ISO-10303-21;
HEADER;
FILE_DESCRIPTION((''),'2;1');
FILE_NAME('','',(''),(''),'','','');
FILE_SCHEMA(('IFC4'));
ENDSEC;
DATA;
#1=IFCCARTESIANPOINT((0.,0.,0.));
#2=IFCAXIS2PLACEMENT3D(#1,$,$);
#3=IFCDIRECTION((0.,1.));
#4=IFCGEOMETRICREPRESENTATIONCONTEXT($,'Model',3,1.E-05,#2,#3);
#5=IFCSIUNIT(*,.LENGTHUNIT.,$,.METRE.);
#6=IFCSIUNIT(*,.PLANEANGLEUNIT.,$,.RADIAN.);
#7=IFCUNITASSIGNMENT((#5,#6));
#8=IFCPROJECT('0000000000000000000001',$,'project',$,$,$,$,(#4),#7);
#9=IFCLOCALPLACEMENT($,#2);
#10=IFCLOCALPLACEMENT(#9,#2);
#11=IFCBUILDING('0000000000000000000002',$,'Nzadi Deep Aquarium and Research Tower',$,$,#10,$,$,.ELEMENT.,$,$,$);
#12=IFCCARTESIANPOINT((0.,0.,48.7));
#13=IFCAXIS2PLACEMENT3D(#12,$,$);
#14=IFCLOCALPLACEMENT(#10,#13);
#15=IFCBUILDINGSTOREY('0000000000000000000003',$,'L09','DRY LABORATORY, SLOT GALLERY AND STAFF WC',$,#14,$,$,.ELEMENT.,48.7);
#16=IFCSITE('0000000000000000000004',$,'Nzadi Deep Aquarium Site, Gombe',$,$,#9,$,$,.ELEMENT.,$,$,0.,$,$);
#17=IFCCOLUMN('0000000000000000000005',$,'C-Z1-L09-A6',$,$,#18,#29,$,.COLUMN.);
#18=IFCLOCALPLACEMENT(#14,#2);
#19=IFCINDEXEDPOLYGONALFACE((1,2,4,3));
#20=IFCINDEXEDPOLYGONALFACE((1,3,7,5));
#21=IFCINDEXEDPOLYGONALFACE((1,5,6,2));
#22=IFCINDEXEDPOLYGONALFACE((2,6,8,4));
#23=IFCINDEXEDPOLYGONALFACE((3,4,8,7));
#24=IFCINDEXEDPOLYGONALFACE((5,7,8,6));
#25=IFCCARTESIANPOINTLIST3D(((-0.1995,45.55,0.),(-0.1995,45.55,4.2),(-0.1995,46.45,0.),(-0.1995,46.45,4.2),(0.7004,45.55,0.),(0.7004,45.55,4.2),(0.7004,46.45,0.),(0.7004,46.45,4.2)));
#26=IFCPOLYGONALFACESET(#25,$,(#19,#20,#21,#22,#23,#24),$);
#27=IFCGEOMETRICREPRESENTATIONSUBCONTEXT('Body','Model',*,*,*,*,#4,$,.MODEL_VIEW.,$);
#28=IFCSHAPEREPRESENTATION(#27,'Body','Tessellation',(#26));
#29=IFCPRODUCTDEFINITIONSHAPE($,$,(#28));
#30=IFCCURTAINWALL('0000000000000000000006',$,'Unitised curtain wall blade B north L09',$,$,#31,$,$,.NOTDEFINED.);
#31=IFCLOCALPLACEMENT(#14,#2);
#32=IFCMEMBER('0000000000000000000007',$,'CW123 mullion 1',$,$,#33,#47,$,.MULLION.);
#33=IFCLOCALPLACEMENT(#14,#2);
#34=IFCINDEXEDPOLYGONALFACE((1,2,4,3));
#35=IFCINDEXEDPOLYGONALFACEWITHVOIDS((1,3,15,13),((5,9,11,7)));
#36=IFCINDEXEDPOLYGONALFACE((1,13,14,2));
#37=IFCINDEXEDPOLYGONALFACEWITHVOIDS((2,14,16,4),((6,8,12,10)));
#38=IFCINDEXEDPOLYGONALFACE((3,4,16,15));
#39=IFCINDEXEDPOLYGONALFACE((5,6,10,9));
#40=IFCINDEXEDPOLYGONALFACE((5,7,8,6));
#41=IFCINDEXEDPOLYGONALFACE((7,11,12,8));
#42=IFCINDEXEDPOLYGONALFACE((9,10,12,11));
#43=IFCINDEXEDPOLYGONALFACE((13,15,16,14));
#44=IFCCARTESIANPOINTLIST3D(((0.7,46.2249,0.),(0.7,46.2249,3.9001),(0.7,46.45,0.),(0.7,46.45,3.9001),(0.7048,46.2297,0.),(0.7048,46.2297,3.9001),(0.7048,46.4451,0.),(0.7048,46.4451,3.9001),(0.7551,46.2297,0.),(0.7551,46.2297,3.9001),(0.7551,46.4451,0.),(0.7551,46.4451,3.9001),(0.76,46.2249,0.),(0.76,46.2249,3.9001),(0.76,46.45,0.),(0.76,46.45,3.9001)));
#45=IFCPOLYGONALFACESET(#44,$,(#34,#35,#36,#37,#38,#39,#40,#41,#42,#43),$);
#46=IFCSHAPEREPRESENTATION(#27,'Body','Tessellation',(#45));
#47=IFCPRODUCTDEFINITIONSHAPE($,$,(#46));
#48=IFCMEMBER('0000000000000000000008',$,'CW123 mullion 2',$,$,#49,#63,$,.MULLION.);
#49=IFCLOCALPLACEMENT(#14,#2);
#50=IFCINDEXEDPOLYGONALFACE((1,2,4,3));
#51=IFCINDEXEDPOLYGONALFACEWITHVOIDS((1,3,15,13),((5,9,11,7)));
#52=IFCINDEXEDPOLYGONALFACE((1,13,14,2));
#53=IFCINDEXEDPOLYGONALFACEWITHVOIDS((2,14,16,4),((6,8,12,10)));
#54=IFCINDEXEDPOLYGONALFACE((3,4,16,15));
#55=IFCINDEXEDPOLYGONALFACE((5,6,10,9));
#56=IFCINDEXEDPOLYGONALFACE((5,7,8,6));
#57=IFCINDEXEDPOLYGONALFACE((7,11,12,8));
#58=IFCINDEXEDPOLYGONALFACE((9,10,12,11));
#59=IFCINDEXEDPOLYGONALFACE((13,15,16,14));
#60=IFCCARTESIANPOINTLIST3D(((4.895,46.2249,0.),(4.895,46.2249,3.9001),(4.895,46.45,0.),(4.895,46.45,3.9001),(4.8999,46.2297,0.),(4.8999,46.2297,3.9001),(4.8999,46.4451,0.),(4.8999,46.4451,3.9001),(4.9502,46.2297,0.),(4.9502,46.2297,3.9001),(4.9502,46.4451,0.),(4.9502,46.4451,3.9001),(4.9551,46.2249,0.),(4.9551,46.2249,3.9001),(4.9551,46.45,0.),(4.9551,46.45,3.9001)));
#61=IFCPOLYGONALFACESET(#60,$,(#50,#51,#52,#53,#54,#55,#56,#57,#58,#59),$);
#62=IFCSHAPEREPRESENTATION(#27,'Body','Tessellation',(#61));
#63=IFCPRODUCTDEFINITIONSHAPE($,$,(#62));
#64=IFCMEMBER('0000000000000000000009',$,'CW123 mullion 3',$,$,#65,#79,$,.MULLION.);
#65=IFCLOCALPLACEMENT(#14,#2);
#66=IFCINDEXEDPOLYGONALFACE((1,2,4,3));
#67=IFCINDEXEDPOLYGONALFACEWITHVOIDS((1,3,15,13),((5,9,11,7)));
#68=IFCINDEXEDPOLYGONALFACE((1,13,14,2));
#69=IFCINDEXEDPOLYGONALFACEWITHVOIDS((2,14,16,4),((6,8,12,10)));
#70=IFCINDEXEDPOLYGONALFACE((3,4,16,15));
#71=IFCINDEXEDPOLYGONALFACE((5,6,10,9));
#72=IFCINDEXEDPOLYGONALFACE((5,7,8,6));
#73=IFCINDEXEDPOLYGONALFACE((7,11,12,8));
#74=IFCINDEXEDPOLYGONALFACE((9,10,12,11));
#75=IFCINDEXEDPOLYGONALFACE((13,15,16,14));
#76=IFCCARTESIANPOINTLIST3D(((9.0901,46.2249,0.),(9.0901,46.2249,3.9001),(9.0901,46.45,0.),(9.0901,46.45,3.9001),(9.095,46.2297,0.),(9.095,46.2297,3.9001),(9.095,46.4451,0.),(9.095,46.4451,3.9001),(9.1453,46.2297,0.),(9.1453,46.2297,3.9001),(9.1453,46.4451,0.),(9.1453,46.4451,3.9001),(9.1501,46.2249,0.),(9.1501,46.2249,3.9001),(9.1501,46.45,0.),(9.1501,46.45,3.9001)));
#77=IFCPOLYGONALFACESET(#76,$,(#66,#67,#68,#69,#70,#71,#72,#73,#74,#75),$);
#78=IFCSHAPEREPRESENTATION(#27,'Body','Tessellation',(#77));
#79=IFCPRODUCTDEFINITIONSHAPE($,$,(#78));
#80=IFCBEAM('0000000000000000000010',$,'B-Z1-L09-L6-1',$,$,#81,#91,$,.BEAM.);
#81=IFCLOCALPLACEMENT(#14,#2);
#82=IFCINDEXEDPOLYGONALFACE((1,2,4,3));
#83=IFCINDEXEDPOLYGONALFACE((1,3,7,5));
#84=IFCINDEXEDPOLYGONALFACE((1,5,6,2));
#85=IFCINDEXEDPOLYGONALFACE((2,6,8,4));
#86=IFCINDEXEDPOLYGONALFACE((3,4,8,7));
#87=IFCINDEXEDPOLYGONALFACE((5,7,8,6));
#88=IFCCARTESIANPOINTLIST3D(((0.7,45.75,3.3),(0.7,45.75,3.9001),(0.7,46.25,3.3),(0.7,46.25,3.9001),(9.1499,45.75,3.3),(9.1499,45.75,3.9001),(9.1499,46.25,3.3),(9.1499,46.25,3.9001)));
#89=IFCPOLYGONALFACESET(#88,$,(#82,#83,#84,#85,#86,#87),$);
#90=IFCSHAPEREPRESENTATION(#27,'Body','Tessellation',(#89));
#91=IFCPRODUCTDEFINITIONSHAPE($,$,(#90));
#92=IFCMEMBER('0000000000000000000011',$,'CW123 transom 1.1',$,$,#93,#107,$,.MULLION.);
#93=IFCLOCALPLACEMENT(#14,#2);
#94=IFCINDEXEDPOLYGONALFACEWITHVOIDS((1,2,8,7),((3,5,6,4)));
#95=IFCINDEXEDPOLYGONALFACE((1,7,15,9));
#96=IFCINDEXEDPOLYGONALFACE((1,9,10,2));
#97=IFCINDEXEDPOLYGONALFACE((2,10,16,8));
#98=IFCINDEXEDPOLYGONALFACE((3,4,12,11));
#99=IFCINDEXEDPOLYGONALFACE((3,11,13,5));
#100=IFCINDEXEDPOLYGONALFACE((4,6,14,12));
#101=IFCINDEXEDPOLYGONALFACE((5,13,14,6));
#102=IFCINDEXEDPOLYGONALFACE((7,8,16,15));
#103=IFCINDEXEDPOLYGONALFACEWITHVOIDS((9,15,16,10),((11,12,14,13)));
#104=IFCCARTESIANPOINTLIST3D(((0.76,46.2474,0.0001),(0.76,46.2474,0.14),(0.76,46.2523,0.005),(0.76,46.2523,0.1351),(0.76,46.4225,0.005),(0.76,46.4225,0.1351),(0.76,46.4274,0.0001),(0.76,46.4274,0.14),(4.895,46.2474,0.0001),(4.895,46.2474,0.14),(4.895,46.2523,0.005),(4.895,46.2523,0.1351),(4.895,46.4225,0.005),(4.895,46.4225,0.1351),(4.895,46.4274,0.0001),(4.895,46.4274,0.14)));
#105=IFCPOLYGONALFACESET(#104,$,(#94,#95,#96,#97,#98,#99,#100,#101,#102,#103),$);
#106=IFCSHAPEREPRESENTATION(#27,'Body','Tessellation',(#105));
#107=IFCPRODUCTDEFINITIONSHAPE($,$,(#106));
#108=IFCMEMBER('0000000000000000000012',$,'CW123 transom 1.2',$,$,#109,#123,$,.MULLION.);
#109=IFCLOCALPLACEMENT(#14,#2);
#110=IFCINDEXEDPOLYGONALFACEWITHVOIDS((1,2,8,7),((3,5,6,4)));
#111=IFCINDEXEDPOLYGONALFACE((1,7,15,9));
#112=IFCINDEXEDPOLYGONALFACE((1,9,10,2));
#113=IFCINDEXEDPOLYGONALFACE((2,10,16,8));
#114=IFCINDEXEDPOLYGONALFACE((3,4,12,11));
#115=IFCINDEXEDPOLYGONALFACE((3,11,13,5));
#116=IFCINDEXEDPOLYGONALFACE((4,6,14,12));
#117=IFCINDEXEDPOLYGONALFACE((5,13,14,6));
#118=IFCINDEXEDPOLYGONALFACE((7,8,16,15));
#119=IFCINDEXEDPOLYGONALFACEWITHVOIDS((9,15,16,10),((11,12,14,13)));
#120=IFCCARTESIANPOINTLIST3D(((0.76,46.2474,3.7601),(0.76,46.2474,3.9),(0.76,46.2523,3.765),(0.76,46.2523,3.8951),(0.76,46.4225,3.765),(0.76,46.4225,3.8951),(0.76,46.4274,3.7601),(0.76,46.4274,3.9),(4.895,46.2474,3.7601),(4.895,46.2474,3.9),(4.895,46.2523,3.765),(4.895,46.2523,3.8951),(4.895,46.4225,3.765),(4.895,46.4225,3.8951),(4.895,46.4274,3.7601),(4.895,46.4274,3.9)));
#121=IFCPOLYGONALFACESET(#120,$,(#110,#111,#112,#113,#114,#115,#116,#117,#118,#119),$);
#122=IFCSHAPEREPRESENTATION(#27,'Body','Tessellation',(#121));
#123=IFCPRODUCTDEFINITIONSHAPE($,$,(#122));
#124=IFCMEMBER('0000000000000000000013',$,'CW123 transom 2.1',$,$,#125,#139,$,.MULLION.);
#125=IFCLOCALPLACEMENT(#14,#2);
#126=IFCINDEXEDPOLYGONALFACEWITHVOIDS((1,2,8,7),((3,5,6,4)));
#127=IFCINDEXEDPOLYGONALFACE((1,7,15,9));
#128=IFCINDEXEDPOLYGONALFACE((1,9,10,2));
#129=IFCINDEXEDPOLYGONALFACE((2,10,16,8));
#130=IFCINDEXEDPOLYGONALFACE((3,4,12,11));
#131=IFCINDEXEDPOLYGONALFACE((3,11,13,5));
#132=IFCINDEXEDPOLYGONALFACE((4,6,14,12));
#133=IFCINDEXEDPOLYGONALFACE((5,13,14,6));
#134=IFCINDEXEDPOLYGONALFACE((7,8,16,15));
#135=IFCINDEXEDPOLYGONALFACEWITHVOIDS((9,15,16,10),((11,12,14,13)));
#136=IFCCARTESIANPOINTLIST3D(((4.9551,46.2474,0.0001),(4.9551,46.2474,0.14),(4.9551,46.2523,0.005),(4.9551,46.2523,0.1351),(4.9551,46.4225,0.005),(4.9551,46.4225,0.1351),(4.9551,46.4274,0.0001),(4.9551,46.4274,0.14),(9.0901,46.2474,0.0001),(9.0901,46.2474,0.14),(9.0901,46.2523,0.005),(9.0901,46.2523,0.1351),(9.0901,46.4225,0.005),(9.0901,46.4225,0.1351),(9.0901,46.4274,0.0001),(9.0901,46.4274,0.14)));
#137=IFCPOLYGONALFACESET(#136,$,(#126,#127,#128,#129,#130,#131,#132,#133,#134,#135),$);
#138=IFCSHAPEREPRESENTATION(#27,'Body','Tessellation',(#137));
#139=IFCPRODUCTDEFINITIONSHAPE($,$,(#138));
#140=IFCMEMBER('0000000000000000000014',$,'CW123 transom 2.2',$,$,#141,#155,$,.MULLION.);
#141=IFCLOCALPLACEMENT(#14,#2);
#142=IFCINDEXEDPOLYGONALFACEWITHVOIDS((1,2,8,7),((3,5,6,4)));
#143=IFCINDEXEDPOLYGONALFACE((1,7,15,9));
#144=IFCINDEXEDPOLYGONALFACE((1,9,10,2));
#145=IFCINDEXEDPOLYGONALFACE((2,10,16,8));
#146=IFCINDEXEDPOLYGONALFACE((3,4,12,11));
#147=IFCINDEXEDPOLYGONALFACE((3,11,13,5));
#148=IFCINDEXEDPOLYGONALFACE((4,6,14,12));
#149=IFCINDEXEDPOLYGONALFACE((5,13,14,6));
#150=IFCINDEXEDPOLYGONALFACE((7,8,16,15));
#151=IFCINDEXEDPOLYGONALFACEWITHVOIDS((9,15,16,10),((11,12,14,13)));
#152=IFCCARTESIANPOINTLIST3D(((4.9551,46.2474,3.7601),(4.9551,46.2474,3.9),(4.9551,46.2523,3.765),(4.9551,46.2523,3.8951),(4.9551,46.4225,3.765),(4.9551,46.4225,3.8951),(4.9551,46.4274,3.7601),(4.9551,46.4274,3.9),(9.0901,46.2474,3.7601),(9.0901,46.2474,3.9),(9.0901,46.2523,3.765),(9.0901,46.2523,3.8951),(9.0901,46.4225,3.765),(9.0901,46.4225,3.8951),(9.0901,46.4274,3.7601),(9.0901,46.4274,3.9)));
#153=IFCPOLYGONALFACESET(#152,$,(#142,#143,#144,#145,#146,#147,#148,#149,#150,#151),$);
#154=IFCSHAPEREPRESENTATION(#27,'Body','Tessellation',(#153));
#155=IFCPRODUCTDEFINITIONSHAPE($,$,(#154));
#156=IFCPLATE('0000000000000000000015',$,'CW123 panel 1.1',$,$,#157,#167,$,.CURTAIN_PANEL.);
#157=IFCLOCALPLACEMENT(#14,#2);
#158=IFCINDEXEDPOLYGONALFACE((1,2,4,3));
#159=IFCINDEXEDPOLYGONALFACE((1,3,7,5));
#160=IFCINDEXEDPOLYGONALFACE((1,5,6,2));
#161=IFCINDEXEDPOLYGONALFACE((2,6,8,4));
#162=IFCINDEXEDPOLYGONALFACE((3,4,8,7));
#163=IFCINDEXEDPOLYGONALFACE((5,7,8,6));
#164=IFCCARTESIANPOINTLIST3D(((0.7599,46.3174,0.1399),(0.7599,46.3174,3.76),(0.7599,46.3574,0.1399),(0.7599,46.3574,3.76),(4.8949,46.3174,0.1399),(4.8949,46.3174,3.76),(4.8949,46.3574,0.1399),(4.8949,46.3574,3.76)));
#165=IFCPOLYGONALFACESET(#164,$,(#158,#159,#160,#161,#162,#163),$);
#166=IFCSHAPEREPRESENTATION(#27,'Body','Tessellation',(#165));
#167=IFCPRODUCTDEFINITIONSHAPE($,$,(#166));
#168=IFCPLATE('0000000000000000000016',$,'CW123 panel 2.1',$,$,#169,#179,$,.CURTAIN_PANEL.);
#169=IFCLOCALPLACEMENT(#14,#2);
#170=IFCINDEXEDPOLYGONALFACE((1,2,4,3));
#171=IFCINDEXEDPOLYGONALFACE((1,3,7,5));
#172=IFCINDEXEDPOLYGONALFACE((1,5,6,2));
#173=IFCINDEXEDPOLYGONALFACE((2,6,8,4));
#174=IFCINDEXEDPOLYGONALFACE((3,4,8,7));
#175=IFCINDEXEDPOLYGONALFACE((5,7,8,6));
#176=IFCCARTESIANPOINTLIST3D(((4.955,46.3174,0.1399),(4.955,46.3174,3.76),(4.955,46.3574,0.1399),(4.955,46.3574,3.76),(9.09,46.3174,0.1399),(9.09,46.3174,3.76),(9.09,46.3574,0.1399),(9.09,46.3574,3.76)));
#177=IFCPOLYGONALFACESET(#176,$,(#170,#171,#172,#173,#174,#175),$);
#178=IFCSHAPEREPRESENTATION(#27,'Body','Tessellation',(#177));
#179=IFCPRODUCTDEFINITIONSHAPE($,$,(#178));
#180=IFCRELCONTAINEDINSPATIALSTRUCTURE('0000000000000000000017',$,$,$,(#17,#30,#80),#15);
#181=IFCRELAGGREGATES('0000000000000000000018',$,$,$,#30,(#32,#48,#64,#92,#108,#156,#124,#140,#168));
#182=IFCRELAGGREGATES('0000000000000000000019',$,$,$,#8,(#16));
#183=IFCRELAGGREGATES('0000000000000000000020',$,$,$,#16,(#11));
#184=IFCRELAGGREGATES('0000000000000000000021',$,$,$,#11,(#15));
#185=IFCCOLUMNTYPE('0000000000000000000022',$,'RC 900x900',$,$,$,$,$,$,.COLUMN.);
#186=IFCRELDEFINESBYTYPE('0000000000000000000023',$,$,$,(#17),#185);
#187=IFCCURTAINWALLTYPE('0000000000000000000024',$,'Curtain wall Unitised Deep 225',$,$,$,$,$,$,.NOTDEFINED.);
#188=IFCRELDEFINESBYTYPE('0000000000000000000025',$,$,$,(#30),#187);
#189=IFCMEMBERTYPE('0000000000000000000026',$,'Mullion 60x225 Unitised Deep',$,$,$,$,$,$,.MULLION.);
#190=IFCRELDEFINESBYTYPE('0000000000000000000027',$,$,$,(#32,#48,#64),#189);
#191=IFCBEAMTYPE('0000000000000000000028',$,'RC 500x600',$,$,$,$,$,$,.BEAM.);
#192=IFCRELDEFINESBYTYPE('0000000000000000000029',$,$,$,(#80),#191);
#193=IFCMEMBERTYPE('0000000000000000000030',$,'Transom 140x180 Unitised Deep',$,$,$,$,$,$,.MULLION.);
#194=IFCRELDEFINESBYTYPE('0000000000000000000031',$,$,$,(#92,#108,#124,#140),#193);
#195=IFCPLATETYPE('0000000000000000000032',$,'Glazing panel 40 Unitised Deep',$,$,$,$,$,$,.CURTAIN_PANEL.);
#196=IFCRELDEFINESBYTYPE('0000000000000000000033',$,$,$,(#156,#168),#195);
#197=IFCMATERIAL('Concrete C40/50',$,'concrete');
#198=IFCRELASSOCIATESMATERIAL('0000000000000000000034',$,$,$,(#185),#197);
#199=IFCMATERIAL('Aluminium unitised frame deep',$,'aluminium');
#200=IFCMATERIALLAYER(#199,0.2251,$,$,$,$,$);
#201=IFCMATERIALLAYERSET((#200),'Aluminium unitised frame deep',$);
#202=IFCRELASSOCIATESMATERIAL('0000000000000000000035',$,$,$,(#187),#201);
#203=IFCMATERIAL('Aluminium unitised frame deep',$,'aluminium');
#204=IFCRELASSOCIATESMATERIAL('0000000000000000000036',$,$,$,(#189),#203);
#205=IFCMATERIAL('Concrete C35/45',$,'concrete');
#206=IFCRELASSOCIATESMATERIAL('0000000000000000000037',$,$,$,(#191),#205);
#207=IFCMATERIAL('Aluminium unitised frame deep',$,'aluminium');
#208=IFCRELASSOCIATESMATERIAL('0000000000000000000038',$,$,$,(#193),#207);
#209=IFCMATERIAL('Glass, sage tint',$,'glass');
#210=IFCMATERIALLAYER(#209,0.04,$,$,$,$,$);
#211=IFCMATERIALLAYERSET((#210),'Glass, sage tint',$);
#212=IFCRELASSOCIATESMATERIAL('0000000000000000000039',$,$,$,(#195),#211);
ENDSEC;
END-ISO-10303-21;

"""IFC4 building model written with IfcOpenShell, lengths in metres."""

from ifc_helpers import new_model, si_unit, direction, frame, origin, origin_2d, place, context, subcontext, project, spatial, rectangle, hollow_rectangle, extrude, material, layer, layer_set, material_profile, profile_set, type_object, element, aggregate, save


model = new_model("IFC4")

# Units and contexts
model_context = context("Model", 3, precision=1e-05, world=origin(), true_north=direction((0.0, 1.0)))
body_context = subcontext(model_context, "Body", "Model", "MODEL_VIEW")
ifc_project = project(units=[si_unit("LENGTHUNIT", "METRE"), si_unit("PLANEANGLEUNIT", "RADIAN")], contexts=[model_context])

# Site, building, storey
site_placement = place(None, origin())
site = spatial("IfcSite", under=ifc_project, at=site_placement, Name="Nzadi Deep Aquarium Site, Gombe", CompositionType="ELEMENT", RefElevation=0.0)
building_placement = place(site_placement, origin())
building = spatial("IfcBuilding", under=site, at=building_placement, Name="Nzadi Deep Aquarium and Research Tower", CompositionType="ELEMENT")
storey_placement = place(building_placement, frame((0.0, 0.0, 48.7)))
storey = spatial("IfcBuildingStorey", under=building, at=storey_placement, Name="L09", Description="DRY LABORATORY, SLOT GALLERY AND STAFF WC", CompositionType="ELEMENT", Elevation=48.7)

# Column
ifc_material_1 = material(Name="Concrete C40/50", Category="concrete")
ifc_material_profile_1 = material_profile(ifc_material_1, rectangle(XDim=0.8999, YDim=0.8999, at=origin_2d()))
ifc_profile_set_1 = profile_set([ifc_material_profile_1], Name="Concrete C40/50")
column_type = type_object("IfcColumnType", Name="RC 900x900", PredefinedType="COLUMN", material=ifc_profile_set_1)
column_placement = place(storey_placement, frame((0.2505, 46.0, 0.0), z_axis=(0.0, 0.0, 1.0), x_axis=(1.0, 0.0, 0.0)))
element("IfcColumn", 1, at=column_placement, inside=storey, type_object=column_type, Name="C-Z1-L09-A6", PredefinedType="COLUMN", context=body_context, shape_type="SweptSolid", body=[
    extrude(rectangle(XDim=0.8999, YDim=0.8999, at=origin_2d()), origin(), (0.0, 0.0, 1.0), 4.2),
])

# Curtain wall, members
ifc_material_2 = material(Name="Aluminium unitised frame deep", Category="aluminium")
ifc_layer_1 = layer(ifc_material_2, 0.2251)
ifc_layer_set_1 = layer_set([ifc_layer_1], Name="Aluminium unitised frame deep")
curtain_wall_type = type_object("IfcCurtainWallType", Name="Curtain wall Unitised Deep 225", PredefinedType="NOTDEFINED", material=ifc_layer_set_1)
curtain_wall_placement = place(storey_placement, origin())
curtain_wall = element("IfcCurtainWall", 2, at=curtain_wall_placement, inside=storey, type_object=curtain_wall_type, Name="Unitised curtain wall blade B north L09", PredefinedType="NOTDEFINED")
ifc_material_3 = material(Name="Aluminium unitised frame deep", Category="aluminium")
ifc_material_profile_2 = material_profile(ifc_material_3, hollow_rectangle(XDim=0.2251, YDim=0.0601, WallThickness=0.0049, at=origin_2d()))
ifc_profile_set_2 = profile_set([ifc_material_profile_2], Name="Aluminium unitised frame deep")
member_type_1 = type_object("IfcMemberType", Name="Mullion 60x225 Unitised Deep", PredefinedType="MULLION", material=ifc_profile_set_2)
member_1_placement = place(storey_placement, frame((0.73, 46.3374, 0.0), z_axis=(0.0, 0.0, 1.0), x_axis=(0.0, 1.0, 0.0)))
member_1 = element("IfcMember", 3, at=member_1_placement, type_object=member_type_1, Name="CW123 mullion 1", PredefinedType="MULLION", context=body_context, shape_type="SweptSolid", body=[
    extrude(hollow_rectangle(XDim=0.2251, YDim=0.0601, WallThickness=0.0049, at=origin_2d()), origin(), (0.0, 0.0, 1.0), 3.9001),
])
member_2_placement = place(storey_placement, frame((4.925, 46.3374, 0.0), z_axis=(0.0, 0.0, 1.0), x_axis=(0.0, 1.0, 0.0)))
member_2 = element("IfcMember", 4, at=member_2_placement, type_object=member_type_1, Name="CW123 mullion 2", PredefinedType="MULLION", context=body_context, shape_type="SweptSolid", body=[
    extrude(hollow_rectangle(XDim=0.2251, YDim=0.0601, WallThickness=0.0049, at=origin_2d()), origin(), (0.0, 0.0, 1.0), 3.9001),
])
member_3_placement = place(storey_placement, frame((9.1201, 46.3374, 0.0), z_axis=(0.0, 0.0, 1.0), x_axis=(0.0, 1.0, 0.0)))
member_3 = element("IfcMember", 5, at=member_3_placement, type_object=member_type_1, Name="CW123 mullion 3", PredefinedType="MULLION", context=body_context, shape_type="SweptSolid", body=[
    extrude(hollow_rectangle(XDim=0.2251, YDim=0.0601, WallThickness=0.0049, at=origin_2d()), origin(), (0.0, 0.0, 1.0), 3.9001),
])

# Beam
ifc_material_4 = material(Name="Concrete C35/45", Category="concrete")
ifc_material_profile_3 = material_profile(ifc_material_4, rectangle(XDim=0.5, YDim=0.6001, at=origin_2d()))
ifc_profile_set_3 = profile_set([ifc_material_profile_3], Name="Concrete C35/45")
beam_type = type_object("IfcBeamType", Name="RC 500x600", PredefinedType="BEAM", material=ifc_profile_set_3)
beam_placement = place(storey_placement, frame((0.7, 46.0, 3.6001), z_axis=(1.0, 0.0, 0.0), x_axis=(0.0, 1.0, 0.0)))
element("IfcBeam", 6, at=beam_placement, inside=storey, type_object=beam_type, Name="B-Z1-L09-L6-1", PredefinedType="BEAM", context=body_context, shape_type="SweptSolid", body=[
    extrude(rectangle(XDim=0.5, YDim=0.6001, at=origin_2d()), origin(), (0.0, 0.0, 1.0), 8.45),
])

# Members
ifc_material_5 = material(Name="Aluminium unitised frame deep", Category="aluminium")
ifc_material_profile_4 = material_profile(ifc_material_5, hollow_rectangle(XDim=0.1799, YDim=0.1399, WallThickness=0.0049, at=origin_2d()))
ifc_profile_set_4 = profile_set([ifc_material_profile_4], Name="Aluminium unitised frame deep")
member_type_2 = type_object("IfcMemberType", Name="Transom 140x180 Unitised Deep", PredefinedType="MULLION", material=ifc_profile_set_4)
member_4_placement = place(storey_placement, frame((0.76, 46.3374, 0.0701), z_axis=(1.0, 0.0, 0.0), x_axis=(0.0, 1.0, 0.0)))
member_4 = element("IfcMember", 7, at=member_4_placement, type_object=member_type_2, Name="CW123 transom 1.1", PredefinedType="MULLION", context=body_context, shape_type="SweptSolid", body=[
    extrude(hollow_rectangle(XDim=0.1799, YDim=0.1399, WallThickness=0.0049, at=origin_2d()), origin(), (0.0, 0.0, 1.0), 4.135),
])
member_5_placement = place(storey_placement, frame((0.76, 46.3374, 3.8301), z_axis=(1.0, 0.0, 0.0), x_axis=(0.0, 1.0, 0.0)))
member_5 = element("IfcMember", 8, at=member_5_placement, type_object=member_type_2, Name="CW123 transom 1.2", PredefinedType="MULLION", context=body_context, shape_type="SweptSolid", body=[
    extrude(hollow_rectangle(XDim=0.1799, YDim=0.1399, WallThickness=0.0049, at=origin_2d()), origin(), (0.0, 0.0, 1.0), 4.135),
])
member_6_placement = place(storey_placement, frame((4.9551, 46.3374, 0.0701), z_axis=(1.0, 0.0, 0.0), x_axis=(0.0, 1.0, 0.0)))
member_6 = element("IfcMember", 9, at=member_6_placement, type_object=member_type_2, Name="CW123 transom 2.1", PredefinedType="MULLION", context=body_context, shape_type="SweptSolid", body=[
    extrude(hollow_rectangle(XDim=0.1799, YDim=0.1399, WallThickness=0.0049, at=origin_2d()), origin(), (0.0, 0.0, 1.0), 4.135),
])
member_7_placement = place(storey_placement, frame((4.9551, 46.3374, 3.8301), z_axis=(1.0, 0.0, 0.0), x_axis=(0.0, 1.0, 0.0)))
member_7 = element("IfcMember", 10, at=member_7_placement, type_object=member_type_2, Name="CW123 transom 2.2", PredefinedType="MULLION", context=body_context, shape_type="SweptSolid", body=[
    extrude(hollow_rectangle(XDim=0.1799, YDim=0.1399, WallThickness=0.0049, at=origin_2d()), origin(), (0.0, 0.0, 1.0), 4.135),
])

# Plates
ifc_material_6 = material(Name="Glass, sage tint", Category="glass")
ifc_layer_2 = layer(ifc_material_6, 0.04)
ifc_layer_set_2 = layer_set([ifc_layer_2], Name="Glass, sage tint")
plate_type = type_object("IfcPlateType", Name="Glazing panel 40 Unitised Deep", PredefinedType="CURTAIN_PANEL", material=ifc_layer_set_2)
plate_1_placement = place(storey_placement, frame((2.8274, 46.3374, 0.1399), z_axis=(0.0, 0.0, 1.0), x_axis=(1.0, 0.0, 0.0)))
plate_1 = element("IfcPlate", 11, at=plate_1_placement, type_object=plate_type, Name="CW123 panel 1.1", PredefinedType="CURTAIN_PANEL", context=body_context, shape_type="SweptSolid", body=[
    extrude(rectangle(XDim=4.135, YDim=0.04, at=origin_2d()), origin(), (0.0, 0.0, 1.0), 3.6201),
])
plate_2_placement = place(storey_placement, frame((7.0225, 46.3374, 0.1399), z_axis=(0.0, 0.0, 1.0), x_axis=(1.0, 0.0, 0.0)))
plate_2 = element("IfcPlate", 12, at=plate_2_placement, type_object=plate_type, Name="CW123 panel 2.1", PredefinedType="CURTAIN_PANEL", context=body_context, shape_type="SweptSolid", body=[
    extrude(rectangle(XDim=4.135, YDim=0.04, at=origin_2d()), origin(), (0.0, 0.0, 1.0), 3.6201),
])
aggregate(curtain_wall, [member_1, member_2, member_3, member_4, member_5, plate_1, member_6, member_7, plate_2])

save(model, "model.ifc")
